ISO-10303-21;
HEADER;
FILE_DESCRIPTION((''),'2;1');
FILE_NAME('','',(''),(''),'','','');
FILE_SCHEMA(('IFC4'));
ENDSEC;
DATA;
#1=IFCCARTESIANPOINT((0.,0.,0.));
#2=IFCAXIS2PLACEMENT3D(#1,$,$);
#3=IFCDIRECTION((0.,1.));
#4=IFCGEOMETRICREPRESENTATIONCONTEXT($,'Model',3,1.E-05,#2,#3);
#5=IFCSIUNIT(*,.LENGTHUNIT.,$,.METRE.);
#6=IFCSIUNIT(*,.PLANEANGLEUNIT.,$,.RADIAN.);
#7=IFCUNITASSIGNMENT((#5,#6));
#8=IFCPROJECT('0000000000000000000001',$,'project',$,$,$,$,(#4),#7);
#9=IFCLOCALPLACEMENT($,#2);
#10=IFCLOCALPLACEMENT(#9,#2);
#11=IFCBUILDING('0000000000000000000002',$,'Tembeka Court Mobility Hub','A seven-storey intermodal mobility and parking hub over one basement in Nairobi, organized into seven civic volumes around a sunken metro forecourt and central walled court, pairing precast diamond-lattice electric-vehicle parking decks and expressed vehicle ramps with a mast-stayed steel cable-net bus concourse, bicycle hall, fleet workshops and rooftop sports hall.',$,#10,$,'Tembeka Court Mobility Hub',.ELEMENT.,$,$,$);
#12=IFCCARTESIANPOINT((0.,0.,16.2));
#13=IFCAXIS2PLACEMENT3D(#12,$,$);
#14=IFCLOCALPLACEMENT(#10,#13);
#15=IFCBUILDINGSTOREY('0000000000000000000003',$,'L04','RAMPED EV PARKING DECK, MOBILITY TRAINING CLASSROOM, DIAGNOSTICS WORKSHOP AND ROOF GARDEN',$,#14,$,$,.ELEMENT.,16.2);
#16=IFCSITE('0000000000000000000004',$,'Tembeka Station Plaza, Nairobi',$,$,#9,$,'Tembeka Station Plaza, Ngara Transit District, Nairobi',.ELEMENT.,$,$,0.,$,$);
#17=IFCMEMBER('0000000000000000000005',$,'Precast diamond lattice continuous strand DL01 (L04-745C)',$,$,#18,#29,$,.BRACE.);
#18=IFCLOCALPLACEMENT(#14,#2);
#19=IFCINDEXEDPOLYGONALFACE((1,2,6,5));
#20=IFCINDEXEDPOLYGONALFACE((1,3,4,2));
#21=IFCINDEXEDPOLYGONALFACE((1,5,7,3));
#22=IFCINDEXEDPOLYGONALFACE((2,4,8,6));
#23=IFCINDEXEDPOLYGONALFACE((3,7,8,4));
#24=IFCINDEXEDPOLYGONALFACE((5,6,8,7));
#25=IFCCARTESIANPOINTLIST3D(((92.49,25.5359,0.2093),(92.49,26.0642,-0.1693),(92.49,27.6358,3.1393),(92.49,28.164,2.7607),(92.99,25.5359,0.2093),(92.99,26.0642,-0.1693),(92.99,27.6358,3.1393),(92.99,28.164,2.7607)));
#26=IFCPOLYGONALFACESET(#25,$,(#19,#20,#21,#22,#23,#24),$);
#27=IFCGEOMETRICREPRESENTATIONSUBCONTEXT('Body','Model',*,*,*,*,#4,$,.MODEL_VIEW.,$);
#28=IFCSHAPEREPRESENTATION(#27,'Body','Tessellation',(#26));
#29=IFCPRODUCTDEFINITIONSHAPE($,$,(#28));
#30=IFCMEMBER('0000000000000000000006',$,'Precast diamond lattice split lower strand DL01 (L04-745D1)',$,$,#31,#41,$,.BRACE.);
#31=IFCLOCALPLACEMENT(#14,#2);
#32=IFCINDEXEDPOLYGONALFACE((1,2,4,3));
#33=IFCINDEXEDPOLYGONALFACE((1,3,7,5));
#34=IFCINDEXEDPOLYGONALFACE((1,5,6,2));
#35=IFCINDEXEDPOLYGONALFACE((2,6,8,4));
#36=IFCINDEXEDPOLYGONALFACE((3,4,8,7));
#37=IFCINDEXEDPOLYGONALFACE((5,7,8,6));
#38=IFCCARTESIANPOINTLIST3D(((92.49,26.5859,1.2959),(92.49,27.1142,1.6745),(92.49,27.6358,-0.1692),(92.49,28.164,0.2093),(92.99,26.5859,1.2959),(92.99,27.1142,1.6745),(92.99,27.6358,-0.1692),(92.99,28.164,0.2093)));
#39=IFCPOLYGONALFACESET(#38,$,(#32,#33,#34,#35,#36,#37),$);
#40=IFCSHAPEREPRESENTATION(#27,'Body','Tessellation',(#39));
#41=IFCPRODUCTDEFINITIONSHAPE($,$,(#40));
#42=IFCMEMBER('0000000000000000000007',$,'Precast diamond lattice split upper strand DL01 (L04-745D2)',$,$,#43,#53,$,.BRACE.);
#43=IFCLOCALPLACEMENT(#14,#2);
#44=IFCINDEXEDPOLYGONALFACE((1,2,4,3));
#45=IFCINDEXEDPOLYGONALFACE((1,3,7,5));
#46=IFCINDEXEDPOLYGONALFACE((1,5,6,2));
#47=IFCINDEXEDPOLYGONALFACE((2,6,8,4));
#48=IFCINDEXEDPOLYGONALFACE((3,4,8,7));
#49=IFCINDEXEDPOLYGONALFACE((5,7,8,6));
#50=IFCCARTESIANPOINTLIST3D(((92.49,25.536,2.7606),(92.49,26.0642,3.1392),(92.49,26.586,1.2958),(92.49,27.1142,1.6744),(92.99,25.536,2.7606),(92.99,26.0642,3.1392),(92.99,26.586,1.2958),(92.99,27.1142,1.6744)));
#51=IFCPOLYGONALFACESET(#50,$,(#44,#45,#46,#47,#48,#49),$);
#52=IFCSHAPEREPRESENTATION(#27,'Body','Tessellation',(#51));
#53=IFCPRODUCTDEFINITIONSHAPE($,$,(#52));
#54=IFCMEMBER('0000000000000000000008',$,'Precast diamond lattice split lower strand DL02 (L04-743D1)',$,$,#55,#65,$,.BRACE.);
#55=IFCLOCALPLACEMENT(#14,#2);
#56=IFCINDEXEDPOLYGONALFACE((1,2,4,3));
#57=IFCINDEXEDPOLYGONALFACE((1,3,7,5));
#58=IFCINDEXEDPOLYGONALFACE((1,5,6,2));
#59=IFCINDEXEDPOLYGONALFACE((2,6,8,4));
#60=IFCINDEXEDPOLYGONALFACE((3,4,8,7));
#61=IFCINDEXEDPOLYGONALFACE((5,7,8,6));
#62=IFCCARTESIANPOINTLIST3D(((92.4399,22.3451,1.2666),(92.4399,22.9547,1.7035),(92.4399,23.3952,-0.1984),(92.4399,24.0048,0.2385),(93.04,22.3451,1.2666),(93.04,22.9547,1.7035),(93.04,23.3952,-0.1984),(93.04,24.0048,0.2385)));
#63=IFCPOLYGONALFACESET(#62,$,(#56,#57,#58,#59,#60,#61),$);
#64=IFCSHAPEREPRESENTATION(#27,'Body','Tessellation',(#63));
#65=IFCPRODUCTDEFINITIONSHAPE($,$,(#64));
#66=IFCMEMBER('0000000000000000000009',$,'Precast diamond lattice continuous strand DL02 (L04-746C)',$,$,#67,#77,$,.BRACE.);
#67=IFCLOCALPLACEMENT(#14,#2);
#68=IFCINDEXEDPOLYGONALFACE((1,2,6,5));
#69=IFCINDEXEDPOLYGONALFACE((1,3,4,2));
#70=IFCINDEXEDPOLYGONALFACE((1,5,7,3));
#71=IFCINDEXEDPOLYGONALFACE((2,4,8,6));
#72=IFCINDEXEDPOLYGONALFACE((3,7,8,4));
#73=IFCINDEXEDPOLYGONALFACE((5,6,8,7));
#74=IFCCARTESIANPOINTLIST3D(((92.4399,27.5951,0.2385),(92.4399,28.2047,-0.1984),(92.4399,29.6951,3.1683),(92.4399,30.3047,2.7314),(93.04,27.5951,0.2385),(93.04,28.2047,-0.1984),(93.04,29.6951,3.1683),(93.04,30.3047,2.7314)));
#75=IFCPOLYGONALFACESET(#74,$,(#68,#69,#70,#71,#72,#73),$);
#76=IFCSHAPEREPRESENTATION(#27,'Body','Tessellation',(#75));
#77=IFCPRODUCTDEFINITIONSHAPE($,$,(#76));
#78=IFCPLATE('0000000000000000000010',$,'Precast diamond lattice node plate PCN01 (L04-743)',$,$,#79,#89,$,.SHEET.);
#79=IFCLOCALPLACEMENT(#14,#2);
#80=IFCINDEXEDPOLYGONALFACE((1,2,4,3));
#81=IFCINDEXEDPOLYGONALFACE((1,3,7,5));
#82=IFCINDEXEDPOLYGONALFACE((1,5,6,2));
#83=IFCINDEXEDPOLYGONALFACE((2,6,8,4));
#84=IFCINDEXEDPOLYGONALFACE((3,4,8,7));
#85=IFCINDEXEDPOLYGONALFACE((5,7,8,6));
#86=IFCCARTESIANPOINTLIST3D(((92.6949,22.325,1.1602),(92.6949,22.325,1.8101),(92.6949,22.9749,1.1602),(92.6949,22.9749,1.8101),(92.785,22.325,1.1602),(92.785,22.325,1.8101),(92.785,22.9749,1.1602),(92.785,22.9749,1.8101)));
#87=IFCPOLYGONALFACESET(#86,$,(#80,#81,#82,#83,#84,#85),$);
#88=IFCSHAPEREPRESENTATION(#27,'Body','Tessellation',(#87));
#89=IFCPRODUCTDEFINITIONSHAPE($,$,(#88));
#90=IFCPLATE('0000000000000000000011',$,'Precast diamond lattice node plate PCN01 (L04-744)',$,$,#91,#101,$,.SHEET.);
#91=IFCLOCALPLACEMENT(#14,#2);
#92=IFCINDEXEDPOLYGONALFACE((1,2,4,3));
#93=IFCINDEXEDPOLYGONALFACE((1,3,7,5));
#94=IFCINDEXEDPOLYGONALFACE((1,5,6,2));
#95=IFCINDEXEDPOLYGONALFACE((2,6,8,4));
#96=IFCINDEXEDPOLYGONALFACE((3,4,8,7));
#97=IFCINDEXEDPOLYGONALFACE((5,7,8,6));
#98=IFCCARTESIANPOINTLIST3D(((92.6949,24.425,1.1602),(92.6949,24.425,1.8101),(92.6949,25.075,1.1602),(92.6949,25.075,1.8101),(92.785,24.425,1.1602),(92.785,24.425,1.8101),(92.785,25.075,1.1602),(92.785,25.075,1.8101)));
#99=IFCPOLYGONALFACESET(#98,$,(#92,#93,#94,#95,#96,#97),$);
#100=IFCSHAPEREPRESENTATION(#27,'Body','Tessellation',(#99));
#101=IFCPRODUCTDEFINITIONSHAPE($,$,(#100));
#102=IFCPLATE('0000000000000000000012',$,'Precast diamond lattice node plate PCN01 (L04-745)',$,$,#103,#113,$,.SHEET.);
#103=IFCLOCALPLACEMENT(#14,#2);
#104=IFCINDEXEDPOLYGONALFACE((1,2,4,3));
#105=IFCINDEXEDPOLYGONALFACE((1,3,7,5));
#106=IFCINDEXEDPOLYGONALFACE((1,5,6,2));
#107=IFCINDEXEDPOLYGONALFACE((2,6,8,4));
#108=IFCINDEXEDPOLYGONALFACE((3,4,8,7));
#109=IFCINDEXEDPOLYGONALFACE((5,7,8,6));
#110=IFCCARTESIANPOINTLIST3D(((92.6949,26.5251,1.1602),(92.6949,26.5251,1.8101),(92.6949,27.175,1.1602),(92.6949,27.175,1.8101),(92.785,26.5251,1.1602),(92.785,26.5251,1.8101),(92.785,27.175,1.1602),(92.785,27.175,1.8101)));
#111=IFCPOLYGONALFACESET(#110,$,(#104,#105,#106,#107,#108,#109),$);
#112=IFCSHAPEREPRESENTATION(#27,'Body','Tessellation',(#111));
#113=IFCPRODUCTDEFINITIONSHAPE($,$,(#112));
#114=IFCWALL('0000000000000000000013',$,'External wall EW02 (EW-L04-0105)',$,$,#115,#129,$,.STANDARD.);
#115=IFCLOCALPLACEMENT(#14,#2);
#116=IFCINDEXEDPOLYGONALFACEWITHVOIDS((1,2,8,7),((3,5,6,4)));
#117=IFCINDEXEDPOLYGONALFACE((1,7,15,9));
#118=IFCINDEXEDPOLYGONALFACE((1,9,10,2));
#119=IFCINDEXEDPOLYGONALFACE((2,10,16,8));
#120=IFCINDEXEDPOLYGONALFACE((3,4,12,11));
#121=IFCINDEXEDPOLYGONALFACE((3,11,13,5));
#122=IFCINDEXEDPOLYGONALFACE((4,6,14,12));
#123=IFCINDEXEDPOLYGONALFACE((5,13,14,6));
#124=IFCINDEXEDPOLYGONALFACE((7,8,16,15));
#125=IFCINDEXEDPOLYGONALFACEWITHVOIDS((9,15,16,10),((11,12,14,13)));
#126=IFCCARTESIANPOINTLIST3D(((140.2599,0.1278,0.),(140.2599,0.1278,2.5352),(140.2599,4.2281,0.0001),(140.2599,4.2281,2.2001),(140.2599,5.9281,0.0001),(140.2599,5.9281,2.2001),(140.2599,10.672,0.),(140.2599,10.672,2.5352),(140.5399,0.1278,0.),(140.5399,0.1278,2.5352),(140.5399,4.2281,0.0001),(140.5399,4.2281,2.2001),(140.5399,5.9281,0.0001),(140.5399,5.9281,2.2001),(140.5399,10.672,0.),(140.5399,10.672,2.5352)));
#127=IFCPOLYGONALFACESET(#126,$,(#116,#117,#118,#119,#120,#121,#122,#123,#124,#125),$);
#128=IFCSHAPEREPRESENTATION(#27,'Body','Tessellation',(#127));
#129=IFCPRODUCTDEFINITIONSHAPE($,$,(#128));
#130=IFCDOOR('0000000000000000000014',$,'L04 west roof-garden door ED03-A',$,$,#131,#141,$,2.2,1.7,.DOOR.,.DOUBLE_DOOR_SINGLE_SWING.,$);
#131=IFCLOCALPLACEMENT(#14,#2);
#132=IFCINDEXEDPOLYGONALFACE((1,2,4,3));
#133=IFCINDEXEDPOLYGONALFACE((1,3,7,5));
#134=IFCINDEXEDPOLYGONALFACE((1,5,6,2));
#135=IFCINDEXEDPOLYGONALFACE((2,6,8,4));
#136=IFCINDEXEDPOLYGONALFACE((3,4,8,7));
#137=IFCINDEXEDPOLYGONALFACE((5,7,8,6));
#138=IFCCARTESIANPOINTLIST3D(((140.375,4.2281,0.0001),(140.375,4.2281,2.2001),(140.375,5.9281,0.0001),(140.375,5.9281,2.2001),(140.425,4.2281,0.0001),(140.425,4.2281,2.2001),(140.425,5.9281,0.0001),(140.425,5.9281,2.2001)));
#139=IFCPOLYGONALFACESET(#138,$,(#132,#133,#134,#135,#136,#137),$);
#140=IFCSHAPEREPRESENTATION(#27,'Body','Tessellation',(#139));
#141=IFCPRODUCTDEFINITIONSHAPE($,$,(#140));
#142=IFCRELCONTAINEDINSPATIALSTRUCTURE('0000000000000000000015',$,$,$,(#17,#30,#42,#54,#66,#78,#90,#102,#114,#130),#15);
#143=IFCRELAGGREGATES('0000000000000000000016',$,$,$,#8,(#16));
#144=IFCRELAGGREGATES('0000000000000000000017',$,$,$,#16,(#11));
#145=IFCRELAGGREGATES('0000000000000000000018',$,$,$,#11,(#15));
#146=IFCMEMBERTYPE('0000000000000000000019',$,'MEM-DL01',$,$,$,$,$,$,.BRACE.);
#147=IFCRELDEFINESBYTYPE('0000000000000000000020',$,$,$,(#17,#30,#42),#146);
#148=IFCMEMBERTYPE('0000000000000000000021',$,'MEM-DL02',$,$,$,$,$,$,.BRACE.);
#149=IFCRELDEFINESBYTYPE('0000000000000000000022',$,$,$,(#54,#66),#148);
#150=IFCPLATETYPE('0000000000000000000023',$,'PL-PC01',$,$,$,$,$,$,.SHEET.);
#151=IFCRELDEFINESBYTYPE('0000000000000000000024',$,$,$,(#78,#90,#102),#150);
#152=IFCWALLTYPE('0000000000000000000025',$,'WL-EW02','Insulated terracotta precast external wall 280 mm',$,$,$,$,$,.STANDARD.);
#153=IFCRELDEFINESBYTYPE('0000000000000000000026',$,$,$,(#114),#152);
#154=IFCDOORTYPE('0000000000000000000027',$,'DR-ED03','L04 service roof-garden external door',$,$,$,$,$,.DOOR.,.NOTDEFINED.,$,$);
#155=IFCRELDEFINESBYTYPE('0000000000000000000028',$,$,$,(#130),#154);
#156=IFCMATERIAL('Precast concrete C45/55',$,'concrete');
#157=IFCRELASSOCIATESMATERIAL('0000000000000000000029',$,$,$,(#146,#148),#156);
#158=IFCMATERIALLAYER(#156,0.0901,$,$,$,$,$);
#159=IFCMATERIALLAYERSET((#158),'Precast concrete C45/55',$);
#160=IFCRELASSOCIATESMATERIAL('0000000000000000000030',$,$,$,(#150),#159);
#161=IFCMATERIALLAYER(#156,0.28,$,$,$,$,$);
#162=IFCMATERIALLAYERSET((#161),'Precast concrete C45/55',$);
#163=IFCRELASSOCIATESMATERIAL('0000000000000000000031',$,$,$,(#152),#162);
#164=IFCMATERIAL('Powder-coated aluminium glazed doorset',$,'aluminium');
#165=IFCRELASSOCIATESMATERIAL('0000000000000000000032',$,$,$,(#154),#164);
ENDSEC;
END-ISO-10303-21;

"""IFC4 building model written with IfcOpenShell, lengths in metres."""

from ifc_helpers import new_model, si_unit, direction, frame, frame_2d, origin, origin_2d, place, context, subcontext, project, spatial, rectangle, extrude, material, layer, layer_set, material_profile, profile_set, type_object, element, fill, save


model = new_model("IFC4")

# Units and contexts
model_context = context("Model", 3, precision=1e-05, world=origin(), true_north=direction((0.0, 1.0)))
body_context = subcontext(model_context, "Body", "Model", "MODEL_VIEW")
ifc_project = project(units=[si_unit("LENGTHUNIT", "METRE"), si_unit("PLANEANGLEUNIT", "RADIAN")], contexts=[model_context])

# Site, building, storey
site_placement = place(None, origin())
site = spatial("IfcSite", under=ifc_project, at=site_placement, Name="Tembeka Station Plaza, Nairobi", LongName="Tembeka Station Plaza, Ngara Transit District, Nairobi", CompositionType="ELEMENT", RefElevation=0.0)
building_placement = place(site_placement, origin())
building = spatial("IfcBuilding", under=site, at=building_placement, Name="Tembeka Court Mobility Hub", Description="A seven-storey intermodal mobility and parking hub over one basement in Nairobi, organized into seven civic volumes around a sunken metro forecourt and central walled court, pairing precast diamond-lattice electric-vehicle parking decks and expressed vehicle ramps with a mast-stayed steel cable-net bus concourse, bicycle hall, fleet workshops and rooftop sports hall.", LongName="Tembeka Court Mobility Hub", CompositionType="ELEMENT")
storey_placement = place(building_placement, frame((0.0, 0.0, 16.2)))
storey = spatial("IfcBuildingStorey", under=building, at=storey_placement, Name="L04", Description="RAMPED EV PARKING DECK, MOBILITY TRAINING CLASSROOM, DIAGNOSTICS WORKSHOP AND ROOF GARDEN", CompositionType="ELEMENT", Elevation=16.2)

# Members
ifc_material_1 = material(Name="Precast concrete C45/55", Category="concrete")
ifc_material_profile_1 = material_profile(ifc_material_1, rectangle(XDim=0.5, YDim=0.6499, at=origin_2d()), Name="PC-DIAG 500x650")
ifc_profile_set_1 = profile_set([ifc_material_profile_1], Name="Precast concrete C45/55")
member_type_1 = type_object("IfcMemberType", Name="MEM-DL01", PredefinedType="BRACE", material=ifc_profile_set_1)
member_1_placement = place(storey_placement, frame((92.74, 25.8, 0.02), z_axis=(0.0, 0.582532, 0.812808), x_axis=(-1.0, 0.0, 0.0)))
element("IfcMember", 1, at=member_1_placement, inside=storey, type_object=member_type_1, Name="Precast diamond lattice continuous strand DL01 (L04-745C)", PredefinedType="BRACE", context=body_context, shape_type="SweptSolid", body=[
    extrude(rectangle(XDim=0.5, YDim=0.6499, at=origin_2d()), origin(), (0.0, 0.0, 1.0), 3.6047),
])
member_2_placement = place(storey_placement, frame((92.74, 27.8999, 0.02), z_axis=(0.0, -0.582455, 0.812863), x_axis=(1.0, 0.0, 0.0)))
element("IfcMember", 2, at=member_2_placement, inside=storey, type_object=member_type_1, Name="Precast diamond lattice split lower strand DL01 (L04-745D1)", PredefinedType="BRACE", context=body_context, shape_type="SweptSolid", body=[
    extrude(rectangle(XDim=0.5, YDim=0.6499, at=origin_2d()), origin(), (0.0, 0.0, 1.0), 1.8025),
])
member_3_placement = place(storey_placement, frame((92.74, 26.8501, 1.4851), z_axis=(0.0, -0.582608, 0.812753), x_axis=(1.0, 0.0, 0.0)))
element("IfcMember", 3, at=member_3_placement, inside=storey, type_object=member_type_1, Name="Precast diamond lattice split upper strand DL01 (L04-745D2)", PredefinedType="BRACE", context=body_context, shape_type="SweptSolid", body=[
    extrude(rectangle(XDim=0.5, YDim=0.6499, at=origin_2d()), origin(), (0.0, 0.0, 1.0), 1.8022),
])
ifc_material_profile_2 = material_profile(ifc_material_1, rectangle(XDim=0.6001, YDim=0.75, at=origin_2d()), Name="PC-DIAG 600x750")
ifc_profile_set_2 = profile_set([ifc_material_profile_2], Name="Precast concrete C45/55")
member_type_2 = type_object("IfcMemberType", Name="MEM-DL02", PredefinedType="BRACE", material=ifc_profile_set_2)
member_4_placement = place(storey_placement, frame((92.74, 23.7, 0.02), z_axis=(0.0, -0.582544, 0.812799), x_axis=(1.0, 0.0, 0.0)))
element("IfcMember", 4, at=member_4_placement, inside=storey, type_object=member_type_2, Name="Precast diamond lattice split lower strand DL02 (L04-743D1)", PredefinedType="BRACE", context=body_context, shape_type="SweptSolid", body=[
    extrude(rectangle(XDim=0.6001, YDim=0.75, at=origin_2d()), origin(), (0.0, 0.0, 1.0), 1.8025),
])
member_5_placement = place(storey_placement, frame((92.74, 27.8999, 0.02), z_axis=(0.0, 0.582576, 0.812776), x_axis=(-1.0, 0.0, 0.0)))
element("IfcMember", 5, at=member_5_placement, inside=storey, type_object=member_type_2, Name="Precast diamond lattice continuous strand DL02 (L04-746C)", PredefinedType="BRACE", context=body_context, shape_type="SweptSolid", body=[
    extrude(rectangle(XDim=0.6001, YDim=0.75, at=origin_2d()), origin(), (0.0, 0.0, 1.0), 3.6047),
])

# Plates
ifc_layer_1 = layer(ifc_material_1, 0.0901)
ifc_layer_set_1 = layer_set([ifc_layer_1], Name="Precast concrete C45/55")
plate_type = type_object("IfcPlateType", Name="PL-PC01", PredefinedType="SHEET", material=ifc_layer_set_1)
for number, where, z_axis, x_axis, name in (
    (6, (92.74, 22.6499, 1.1602), (0.0, 0.0, 1.0), (1.0, 0.0, 0.0), "Precast diamond lattice node plate PCN01 (L04-743)"),
    (7, (92.74, 24.75, 1.1602), (0.0, 0.0, 1.0), (1.0, 0.0, 0.0), "Precast diamond lattice node plate PCN01 (L04-744)"),
    (8, (92.74, 26.8501, 1.1602), (0.0, 0.0, 1.0), (1.0, 0.0, 0.0), "Precast diamond lattice node plate PCN01 (L04-745)"),
):
    element("IfcPlate", number, at=place(storey_placement, frame(where, z_axis=z_axis, x_axis=x_axis)), inside=storey, type_object=plate_type, Name=name, PredefinedType="SHEET", context=body_context, shape_type="SweptSolid", body=[
        extrude(rectangle(XDim=0.0901, YDim=0.6499, at=origin_2d()), origin(), (0.0, 0.0, 1.0), 0.6499),
    ])

# Wall, opening, door
ifc_layer_2 = layer(ifc_material_1, 0.28)
ifc_layer_set_2 = layer_set([ifc_layer_2], Name="Precast concrete C45/55")
wall_type = type_object("IfcWallType", Name="WL-EW02", Description="Insulated terracotta precast external wall 280 mm", PredefinedType="STANDARD", material=ifc_layer_set_2)
wall_placement = place(storey_placement, frame((140.3999, 0.1279, 0.0), z_axis=(0.0, 0.0, 1.0), x_axis=(0.0, 1.0, 0.0)))
wall = element("IfcWall", 9, at=wall_placement, inside=storey, type_object=wall_type, Name="External wall EW02 (EW-L04-0105)", PredefinedType="STANDARD", context=body_context, shape_type="SweptSolid", body=[
    extrude(rectangle(XDim=10.5442, YDim=0.28, at=frame_2d((5.272, 0.0))), origin(), (0.0, 0.0, 1.0), 2.5352),
])
opening_placement = place(wall_placement, frame((4.1001, 0.0, 0.0)))
opening = element("IfcOpeningElement", 10, at=opening_placement, cuts=wall, PredefinedType="OPENING", context=body_context, shape_type="SweptSolid", body=[
    extrude(rectangle(XDim=1.7, YDim=2.2, at=frame_2d((0.8501, 1.1001))), frame((0.0, 0.1499, 0.0), z_axis=(0.0, -1.0, 0.0), x_axis=(1.0, 0.0, 0.0)), (0.0, 0.0, 1.0), 0.3),
])
ifc_material_2 = material(Name="Powder-coated aluminium glazed doorset", Category="aluminium")
door_type = type_object("IfcDoorType", Name="DR-ED03", Description="L04 service roof-garden external door", OperationType="NOTDEFINED", PredefinedType="DOOR", material=ifc_material_2)
door_placement = place(opening_placement, origin())
door = element("IfcDoor", 11, at=door_placement, inside=storey, type_object=door_type, Name="L04 west roof-garden door ED03-A", OperationType="DOUBLE_DOOR_SINGLE_SWING", OverallHeight=2.2, OverallWidth=1.7, PredefinedType="DOOR", context=body_context, shape_type="SweptSolid", body=[
    extrude(rectangle(XDim=1.7, YDim=2.2, at=frame_2d((0.8501, 1.1001))), frame((0.0, 0.0249, 0.0), z_axis=(0.0, -1.0, 0.0), x_axis=(1.0, 0.0, 0.0)), (0.0, 0.0, 1.0), 0.05),
])
fill(opening, door)

save(model, "model.ifc")
